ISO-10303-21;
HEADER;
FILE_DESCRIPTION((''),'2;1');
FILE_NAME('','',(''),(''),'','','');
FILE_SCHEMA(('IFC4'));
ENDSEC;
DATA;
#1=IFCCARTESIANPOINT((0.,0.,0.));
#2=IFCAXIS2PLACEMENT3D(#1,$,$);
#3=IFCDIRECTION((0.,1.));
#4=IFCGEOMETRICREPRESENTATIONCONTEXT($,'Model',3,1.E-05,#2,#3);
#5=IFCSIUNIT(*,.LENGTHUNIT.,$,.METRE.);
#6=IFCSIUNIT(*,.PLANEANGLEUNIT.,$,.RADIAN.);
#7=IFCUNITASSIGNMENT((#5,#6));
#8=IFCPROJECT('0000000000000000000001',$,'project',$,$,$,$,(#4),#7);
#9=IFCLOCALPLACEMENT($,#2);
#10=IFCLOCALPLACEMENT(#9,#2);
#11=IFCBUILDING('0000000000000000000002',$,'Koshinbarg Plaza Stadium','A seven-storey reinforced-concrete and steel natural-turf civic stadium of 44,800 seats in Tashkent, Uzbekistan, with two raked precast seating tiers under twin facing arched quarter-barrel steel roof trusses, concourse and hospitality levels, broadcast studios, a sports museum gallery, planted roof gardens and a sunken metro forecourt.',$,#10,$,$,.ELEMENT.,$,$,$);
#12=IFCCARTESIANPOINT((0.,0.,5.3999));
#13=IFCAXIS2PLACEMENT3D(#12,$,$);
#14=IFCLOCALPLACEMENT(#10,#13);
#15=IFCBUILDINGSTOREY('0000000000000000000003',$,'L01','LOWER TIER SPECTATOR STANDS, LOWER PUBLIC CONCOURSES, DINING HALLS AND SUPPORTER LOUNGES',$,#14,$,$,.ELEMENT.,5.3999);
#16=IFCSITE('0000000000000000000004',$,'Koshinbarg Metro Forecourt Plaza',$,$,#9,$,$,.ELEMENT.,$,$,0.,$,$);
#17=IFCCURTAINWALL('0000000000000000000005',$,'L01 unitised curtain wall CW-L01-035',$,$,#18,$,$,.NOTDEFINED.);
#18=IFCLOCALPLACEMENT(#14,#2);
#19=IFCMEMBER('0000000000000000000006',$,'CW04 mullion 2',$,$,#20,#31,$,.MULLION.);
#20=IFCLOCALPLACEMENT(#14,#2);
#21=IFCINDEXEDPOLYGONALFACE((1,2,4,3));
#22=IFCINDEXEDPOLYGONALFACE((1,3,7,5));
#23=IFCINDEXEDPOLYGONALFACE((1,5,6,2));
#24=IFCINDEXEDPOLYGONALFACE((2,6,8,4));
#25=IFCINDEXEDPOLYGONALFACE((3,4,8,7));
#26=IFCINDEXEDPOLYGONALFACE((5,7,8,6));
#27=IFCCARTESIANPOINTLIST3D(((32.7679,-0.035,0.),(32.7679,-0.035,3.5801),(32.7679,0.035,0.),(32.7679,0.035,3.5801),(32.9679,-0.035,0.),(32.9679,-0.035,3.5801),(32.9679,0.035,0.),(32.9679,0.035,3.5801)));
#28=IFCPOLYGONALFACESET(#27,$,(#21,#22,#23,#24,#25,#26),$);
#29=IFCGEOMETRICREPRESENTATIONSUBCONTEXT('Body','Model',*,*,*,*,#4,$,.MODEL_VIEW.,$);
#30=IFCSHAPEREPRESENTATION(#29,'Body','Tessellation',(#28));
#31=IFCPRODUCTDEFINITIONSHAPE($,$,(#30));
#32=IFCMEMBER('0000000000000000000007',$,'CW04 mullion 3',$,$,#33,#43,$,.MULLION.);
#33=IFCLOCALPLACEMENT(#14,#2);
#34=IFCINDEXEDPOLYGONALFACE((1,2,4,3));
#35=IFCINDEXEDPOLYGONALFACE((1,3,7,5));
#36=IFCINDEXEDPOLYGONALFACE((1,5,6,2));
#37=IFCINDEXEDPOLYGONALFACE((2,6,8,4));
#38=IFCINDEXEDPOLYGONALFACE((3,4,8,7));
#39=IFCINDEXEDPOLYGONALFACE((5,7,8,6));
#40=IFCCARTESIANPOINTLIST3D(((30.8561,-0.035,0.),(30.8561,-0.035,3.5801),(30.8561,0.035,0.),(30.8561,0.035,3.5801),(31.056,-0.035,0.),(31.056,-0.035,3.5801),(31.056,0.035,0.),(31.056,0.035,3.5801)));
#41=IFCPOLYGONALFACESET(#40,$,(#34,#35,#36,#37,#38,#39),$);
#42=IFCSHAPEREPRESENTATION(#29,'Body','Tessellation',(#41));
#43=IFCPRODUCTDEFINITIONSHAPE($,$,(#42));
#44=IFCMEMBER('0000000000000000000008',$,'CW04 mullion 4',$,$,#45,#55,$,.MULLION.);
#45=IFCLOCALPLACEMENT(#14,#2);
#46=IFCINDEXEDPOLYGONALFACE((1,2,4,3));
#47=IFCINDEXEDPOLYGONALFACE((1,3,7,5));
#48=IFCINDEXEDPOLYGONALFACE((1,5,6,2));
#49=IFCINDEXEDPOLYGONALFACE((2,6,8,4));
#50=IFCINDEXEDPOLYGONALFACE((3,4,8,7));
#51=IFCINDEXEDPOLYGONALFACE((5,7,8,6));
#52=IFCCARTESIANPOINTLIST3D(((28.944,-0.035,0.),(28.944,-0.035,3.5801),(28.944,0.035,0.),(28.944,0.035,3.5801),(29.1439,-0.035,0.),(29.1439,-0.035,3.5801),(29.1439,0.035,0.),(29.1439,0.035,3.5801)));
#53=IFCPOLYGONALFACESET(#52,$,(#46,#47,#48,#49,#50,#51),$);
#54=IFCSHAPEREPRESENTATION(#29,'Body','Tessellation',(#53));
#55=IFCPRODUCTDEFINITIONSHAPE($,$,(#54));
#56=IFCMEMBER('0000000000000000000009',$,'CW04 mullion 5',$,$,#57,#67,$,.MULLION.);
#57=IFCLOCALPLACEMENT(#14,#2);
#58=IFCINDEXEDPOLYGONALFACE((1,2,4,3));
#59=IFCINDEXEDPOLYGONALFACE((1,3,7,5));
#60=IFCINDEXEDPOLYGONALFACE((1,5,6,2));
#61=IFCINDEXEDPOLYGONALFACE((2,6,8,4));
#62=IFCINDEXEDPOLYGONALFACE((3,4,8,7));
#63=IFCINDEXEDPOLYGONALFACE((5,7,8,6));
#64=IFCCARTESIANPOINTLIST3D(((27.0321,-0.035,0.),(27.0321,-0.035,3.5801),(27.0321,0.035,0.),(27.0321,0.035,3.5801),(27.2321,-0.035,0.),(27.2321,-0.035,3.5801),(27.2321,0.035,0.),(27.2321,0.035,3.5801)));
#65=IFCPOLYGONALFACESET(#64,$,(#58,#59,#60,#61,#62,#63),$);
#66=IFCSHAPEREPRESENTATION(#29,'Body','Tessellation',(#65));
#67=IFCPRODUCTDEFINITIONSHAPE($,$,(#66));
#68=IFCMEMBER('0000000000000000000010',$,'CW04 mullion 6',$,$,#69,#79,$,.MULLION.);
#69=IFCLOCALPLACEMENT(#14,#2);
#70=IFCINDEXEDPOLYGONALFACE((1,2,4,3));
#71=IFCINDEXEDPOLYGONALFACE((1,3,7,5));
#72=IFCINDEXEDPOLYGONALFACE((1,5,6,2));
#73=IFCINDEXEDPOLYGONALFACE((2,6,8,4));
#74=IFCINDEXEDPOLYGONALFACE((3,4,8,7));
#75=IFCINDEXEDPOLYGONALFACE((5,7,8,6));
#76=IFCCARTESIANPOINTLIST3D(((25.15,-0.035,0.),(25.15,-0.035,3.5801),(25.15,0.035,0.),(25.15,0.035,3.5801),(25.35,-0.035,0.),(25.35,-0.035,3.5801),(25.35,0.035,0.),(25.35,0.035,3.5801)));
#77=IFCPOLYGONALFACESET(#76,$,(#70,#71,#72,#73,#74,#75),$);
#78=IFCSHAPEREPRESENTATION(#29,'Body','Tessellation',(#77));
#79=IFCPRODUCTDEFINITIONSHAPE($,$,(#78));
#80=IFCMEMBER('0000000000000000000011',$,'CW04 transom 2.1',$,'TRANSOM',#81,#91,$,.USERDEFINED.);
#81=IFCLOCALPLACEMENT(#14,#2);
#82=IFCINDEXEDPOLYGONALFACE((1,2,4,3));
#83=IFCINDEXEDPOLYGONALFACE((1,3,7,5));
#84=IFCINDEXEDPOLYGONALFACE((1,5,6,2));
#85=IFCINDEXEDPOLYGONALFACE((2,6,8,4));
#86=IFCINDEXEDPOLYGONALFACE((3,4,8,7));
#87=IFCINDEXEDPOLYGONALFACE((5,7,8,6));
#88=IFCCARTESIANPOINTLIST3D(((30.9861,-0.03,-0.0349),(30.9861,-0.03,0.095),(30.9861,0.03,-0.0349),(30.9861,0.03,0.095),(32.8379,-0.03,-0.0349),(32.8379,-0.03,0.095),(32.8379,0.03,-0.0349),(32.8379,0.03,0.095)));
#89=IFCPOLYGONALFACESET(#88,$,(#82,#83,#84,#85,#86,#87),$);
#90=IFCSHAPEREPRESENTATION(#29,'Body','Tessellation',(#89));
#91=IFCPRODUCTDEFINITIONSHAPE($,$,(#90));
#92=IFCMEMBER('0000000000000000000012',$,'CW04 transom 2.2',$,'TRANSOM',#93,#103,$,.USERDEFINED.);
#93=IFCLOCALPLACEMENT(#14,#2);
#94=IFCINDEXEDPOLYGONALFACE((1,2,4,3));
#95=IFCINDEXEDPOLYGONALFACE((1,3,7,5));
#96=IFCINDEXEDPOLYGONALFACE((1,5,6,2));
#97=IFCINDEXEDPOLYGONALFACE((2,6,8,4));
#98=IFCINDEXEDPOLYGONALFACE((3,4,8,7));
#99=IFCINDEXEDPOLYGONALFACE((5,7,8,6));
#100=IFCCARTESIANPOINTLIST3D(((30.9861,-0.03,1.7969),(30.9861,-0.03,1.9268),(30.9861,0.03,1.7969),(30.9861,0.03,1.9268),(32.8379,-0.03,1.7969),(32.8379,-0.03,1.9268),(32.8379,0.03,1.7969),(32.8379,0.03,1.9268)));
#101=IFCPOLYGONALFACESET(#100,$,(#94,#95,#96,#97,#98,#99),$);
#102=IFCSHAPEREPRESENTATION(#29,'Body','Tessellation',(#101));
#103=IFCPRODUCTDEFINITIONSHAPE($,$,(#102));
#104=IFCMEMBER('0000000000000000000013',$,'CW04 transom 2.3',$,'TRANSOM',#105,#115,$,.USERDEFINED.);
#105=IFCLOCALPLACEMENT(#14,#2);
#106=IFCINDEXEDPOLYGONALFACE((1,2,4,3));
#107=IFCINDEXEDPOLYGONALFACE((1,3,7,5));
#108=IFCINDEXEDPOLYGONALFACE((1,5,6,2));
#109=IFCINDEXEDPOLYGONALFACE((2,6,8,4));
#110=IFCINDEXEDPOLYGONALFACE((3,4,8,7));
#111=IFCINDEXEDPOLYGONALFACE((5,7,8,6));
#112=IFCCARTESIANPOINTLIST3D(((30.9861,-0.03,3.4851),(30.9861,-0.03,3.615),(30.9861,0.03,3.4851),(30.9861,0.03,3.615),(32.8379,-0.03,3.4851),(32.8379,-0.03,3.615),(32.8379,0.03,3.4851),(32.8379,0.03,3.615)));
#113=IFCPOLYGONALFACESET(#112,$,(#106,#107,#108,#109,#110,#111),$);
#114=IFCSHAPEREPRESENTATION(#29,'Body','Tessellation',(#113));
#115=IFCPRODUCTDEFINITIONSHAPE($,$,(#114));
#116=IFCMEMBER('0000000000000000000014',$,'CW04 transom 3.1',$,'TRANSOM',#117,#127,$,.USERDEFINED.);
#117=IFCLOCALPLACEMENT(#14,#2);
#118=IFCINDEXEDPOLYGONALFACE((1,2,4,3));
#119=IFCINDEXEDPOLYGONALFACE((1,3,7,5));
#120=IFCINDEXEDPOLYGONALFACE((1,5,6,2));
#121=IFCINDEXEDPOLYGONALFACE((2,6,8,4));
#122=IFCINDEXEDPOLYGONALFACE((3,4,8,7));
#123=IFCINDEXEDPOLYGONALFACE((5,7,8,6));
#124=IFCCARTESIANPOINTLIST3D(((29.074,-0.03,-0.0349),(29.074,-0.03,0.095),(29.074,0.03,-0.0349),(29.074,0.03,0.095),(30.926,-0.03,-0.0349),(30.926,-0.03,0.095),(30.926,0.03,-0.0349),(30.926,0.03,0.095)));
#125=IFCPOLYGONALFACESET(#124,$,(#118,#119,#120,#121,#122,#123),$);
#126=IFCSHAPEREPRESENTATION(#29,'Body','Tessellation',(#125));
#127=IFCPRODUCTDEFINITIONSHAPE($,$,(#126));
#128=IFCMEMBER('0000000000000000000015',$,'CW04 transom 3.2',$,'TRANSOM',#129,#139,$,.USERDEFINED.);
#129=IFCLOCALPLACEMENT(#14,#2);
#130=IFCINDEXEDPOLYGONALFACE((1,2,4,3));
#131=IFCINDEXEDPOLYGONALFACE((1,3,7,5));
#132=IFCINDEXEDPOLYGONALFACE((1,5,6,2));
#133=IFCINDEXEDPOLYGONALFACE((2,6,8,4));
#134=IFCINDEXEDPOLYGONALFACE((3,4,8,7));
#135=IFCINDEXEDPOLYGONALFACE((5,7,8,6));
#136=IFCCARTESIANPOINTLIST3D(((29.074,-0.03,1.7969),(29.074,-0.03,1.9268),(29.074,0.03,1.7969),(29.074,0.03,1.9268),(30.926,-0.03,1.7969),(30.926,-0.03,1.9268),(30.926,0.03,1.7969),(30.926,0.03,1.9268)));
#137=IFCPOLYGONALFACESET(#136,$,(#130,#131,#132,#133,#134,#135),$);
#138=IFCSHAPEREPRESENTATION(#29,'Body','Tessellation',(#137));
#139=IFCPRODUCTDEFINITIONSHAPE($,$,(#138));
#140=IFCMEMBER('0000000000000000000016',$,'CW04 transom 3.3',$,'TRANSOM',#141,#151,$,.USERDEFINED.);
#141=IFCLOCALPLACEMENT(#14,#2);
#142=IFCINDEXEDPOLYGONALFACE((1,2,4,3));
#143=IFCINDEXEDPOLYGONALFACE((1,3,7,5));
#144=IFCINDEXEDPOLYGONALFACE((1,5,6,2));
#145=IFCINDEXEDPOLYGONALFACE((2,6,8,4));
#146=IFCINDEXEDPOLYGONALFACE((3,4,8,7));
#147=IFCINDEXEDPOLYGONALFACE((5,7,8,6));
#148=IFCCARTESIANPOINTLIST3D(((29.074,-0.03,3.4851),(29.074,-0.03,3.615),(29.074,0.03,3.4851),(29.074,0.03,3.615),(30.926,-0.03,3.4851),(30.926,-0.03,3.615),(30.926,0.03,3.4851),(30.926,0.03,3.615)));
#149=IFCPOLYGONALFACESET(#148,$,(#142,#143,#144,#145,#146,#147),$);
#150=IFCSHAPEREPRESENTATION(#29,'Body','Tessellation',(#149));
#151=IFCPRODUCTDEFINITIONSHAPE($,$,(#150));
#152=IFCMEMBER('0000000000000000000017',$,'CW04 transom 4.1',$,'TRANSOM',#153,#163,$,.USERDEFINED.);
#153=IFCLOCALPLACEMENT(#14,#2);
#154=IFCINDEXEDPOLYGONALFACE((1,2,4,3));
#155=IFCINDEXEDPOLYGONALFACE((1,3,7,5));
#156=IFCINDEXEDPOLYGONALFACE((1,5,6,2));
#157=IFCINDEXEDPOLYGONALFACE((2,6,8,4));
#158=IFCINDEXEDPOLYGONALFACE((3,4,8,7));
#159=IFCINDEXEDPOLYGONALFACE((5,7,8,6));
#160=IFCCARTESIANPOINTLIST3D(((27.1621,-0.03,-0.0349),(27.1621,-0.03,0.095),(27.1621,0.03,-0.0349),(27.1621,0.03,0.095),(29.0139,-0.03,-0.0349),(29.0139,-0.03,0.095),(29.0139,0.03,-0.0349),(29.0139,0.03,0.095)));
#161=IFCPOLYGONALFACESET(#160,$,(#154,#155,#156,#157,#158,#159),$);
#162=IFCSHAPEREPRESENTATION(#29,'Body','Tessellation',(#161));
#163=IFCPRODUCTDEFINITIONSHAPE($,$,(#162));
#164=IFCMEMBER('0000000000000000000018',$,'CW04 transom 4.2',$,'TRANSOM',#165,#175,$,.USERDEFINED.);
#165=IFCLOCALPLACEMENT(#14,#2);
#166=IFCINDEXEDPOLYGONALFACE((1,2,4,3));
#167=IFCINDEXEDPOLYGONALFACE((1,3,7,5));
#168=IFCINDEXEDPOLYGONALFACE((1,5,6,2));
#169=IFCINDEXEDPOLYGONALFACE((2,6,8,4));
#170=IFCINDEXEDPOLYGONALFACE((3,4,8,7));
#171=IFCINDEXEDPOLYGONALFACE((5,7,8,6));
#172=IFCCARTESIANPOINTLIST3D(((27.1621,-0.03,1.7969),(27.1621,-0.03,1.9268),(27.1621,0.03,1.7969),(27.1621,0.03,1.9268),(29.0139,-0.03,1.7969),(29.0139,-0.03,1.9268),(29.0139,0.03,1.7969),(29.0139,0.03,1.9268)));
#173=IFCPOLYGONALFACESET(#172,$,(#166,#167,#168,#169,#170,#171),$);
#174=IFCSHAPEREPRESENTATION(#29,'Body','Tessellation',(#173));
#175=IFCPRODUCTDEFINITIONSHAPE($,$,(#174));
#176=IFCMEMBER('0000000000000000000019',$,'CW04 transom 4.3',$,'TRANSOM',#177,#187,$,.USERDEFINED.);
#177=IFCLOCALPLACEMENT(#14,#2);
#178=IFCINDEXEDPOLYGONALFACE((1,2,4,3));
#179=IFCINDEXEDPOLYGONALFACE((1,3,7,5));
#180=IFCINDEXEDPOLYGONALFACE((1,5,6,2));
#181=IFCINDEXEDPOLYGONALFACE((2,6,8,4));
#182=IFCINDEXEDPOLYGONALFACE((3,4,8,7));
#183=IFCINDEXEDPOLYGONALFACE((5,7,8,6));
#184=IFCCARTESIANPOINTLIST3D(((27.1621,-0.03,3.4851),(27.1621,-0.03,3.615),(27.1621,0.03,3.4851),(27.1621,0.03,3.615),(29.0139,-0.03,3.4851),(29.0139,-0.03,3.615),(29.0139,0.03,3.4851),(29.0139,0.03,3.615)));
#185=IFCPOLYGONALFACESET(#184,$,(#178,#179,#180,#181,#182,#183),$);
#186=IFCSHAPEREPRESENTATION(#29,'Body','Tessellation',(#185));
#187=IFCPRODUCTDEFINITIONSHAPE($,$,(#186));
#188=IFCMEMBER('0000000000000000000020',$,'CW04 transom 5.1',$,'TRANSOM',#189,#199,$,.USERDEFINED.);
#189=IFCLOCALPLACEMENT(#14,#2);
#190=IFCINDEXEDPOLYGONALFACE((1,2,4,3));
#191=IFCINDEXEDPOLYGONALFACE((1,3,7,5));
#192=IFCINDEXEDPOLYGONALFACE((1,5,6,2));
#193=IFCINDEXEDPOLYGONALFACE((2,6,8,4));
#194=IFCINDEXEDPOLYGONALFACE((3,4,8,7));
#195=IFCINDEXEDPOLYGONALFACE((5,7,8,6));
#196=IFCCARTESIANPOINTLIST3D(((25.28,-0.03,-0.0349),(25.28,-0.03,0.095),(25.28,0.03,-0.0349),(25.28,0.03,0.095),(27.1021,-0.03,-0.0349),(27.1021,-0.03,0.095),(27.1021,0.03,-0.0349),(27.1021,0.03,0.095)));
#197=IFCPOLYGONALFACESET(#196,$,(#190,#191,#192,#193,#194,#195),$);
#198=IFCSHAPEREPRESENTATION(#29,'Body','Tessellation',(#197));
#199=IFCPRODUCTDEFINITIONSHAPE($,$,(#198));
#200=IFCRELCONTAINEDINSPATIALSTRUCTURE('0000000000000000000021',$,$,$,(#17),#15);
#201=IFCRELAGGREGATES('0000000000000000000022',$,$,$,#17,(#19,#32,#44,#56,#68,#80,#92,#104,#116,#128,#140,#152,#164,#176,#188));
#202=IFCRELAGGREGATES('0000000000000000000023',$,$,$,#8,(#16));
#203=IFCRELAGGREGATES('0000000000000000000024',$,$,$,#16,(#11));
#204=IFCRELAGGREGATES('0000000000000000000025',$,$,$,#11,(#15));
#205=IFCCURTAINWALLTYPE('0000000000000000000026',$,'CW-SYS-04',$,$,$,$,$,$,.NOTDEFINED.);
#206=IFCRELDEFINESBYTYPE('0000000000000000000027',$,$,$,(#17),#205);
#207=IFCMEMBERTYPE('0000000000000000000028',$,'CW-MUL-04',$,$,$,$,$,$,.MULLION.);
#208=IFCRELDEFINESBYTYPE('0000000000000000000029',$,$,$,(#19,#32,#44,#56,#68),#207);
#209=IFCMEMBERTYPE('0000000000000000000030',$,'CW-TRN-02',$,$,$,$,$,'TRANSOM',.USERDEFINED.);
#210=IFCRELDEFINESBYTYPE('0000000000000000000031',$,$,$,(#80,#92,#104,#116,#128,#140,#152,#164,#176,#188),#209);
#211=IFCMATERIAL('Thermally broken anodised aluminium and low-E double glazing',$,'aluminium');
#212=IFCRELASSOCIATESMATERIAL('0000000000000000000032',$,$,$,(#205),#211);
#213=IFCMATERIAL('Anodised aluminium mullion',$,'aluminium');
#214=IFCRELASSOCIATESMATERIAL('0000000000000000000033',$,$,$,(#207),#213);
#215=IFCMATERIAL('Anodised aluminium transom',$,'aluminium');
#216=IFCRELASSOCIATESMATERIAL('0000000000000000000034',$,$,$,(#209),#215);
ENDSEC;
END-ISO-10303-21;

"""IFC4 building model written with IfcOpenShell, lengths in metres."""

from ifc_helpers import new_model, si_unit, direction, frame, origin, origin_2d, place, context, subcontext, project, spatial, rectangle, extrude, material, material_profile, profile_set, type_object, element, aggregate, save


model = new_model("IFC4")

# Units and contexts
model_context = context("Model", 3, precision=1e-05, world=origin(), true_north=direction((0.0, 1.0)))
body_context = subcontext(model_context, "Body", "Model", "MODEL_VIEW")
ifc_project = project(units=[si_unit("LENGTHUNIT", "METRE"), si_unit("PLANEANGLEUNIT", "RADIAN")], contexts=[model_context])

# Site, building, storey
site_placement = place(None, origin())
site = spatial("IfcSite", under=ifc_project, at=site_placement, Name="Koshinbarg Metro Forecourt Plaza", CompositionType="ELEMENT", RefElevation=0.0)
building_placement = place(site_placement, origin())
building = spatial("IfcBuilding", under=site, at=building_placement, Name="Koshinbarg Plaza Stadium", Description="A seven-storey reinforced-concrete and steel natural-turf civic stadium of 44,800 seats in Tashkent, Uzbekistan, with two raked precast seating tiers under twin facing arched quarter-barrel steel roof trusses, concourse and hospitality levels, broadcast studios, a sports museum gallery, planted roof gardens and a sunken metro forecourt.", CompositionType="ELEMENT")
storey_placement = place(building_placement, frame((0.0, 0.0, 5.3999)))
storey = spatial("IfcBuildingStorey", under=building, at=storey_placement, Name="L01", Description="LOWER TIER SPECTATOR STANDS, LOWER PUBLIC CONCOURSES, DINING HALLS AND SUPPORTER LOUNGES", CompositionType="ELEMENT", Elevation=5.3999)

# Curtain wall, members
ifc_material_1 = material(Name="Thermally broken anodised aluminium and low-E double glazing", Category="aluminium")
curtain_wall_type = type_object("IfcCurtainWallType", Name="CW-SYS-04", PredefinedType="NOTDEFINED", material=ifc_material_1)
curtain_wall_placement = place(storey_placement, origin())
curtain_wall = element("IfcCurtainWall", 1, at=curtain_wall_placement, inside=storey, type_object=curtain_wall_type, Name="L01 unitised curtain wall CW-L01-035", PredefinedType="NOTDEFINED")
ifc_material_2 = material(Name="Anodised aluminium mullion", Category="aluminium")
ifc_material_profile_1 = material_profile(ifc_material_2, rectangle(XDim=0.0701, YDim=0.2, at=origin_2d()), Name="ALU 70x200")
ifc_profile_set_1 = profile_set([ifc_material_profile_1], Name="Anodised aluminium mullion")
member_type_1 = type_object("IfcMemberType", Name="CW-MUL-04", PredefinedType="MULLION", material=ifc_profile_set_1)
member_1_placement = place(storey_placement, frame((32.8679, 0.0, 0.0), z_axis=(0.0, 0.0, 1.0), x_axis=(0.0, -1.0, 0.0)))
member_1 = element("IfcMember", 2, at=member_1_placement, type_object=member_type_1, Name="CW04 mullion 2", PredefinedType="MULLION", context=body_context, shape_type="SweptSolid", body=[
    extrude(rectangle(XDim=0.0701, YDim=0.2, at=origin_2d()), origin(), (0.0, 0.0, 1.0), 3.5801),
])
member_2_placement = place(storey_placement, frame((30.9561, 0.0, 0.0), z_axis=(0.0, 0.0, 1.0), x_axis=(0.0, -1.0, 0.0)))
member_2 = element("IfcMember", 3, at=member_2_placement, type_object=member_type_1, Name="CW04 mullion 3", PredefinedType="MULLION", context=body_context, shape_type="SweptSolid", body=[
    extrude(rectangle(XDim=0.0701, YDim=0.2, at=origin_2d()), origin(), (0.0, 0.0, 1.0), 3.5801),
])
member_3_placement = place(storey_placement, frame((29.0439, 0.0, 0.0), z_axis=(0.0, 0.0, 1.0), x_axis=(0.0, -1.0, 0.0)))
member_3 = element("IfcMember", 4, at=member_3_placement, type_object=member_type_1, Name="CW04 mullion 4", PredefinedType="MULLION", context=body_context, shape_type="SweptSolid", body=[
    extrude(rectangle(XDim=0.0701, YDim=0.2, at=origin_2d()), origin(), (0.0, 0.0, 1.0), 3.5801),
])
member_4_placement = place(storey_placement, frame((27.1321, 0.0, 0.0), z_axis=(0.0, 0.0, 1.0), x_axis=(0.0, -1.0, 0.0)))
member_4 = element("IfcMember", 5, at=member_4_placement, type_object=member_type_1, Name="CW04 mullion 5", PredefinedType="MULLION", context=body_context, shape_type="SweptSolid", body=[
    extrude(rectangle(XDim=0.0701, YDim=0.2, at=origin_2d()), origin(), (0.0, 0.0, 1.0), 3.5801),
])
member_5_placement = place(storey_placement, frame((25.25, 0.0, 0.0), z_axis=(0.0, 0.0, 1.0), x_axis=(0.0, -1.0, 0.0)))
member_5 = element("IfcMember", 6, at=member_5_placement, type_object=member_type_1, Name="CW04 mullion 6", PredefinedType="MULLION", context=body_context, shape_type="SweptSolid", body=[
    extrude(rectangle(XDim=0.0701, YDim=0.2, at=origin_2d()), origin(), (0.0, 0.0, 1.0), 3.5801),
])
ifc_material_3 = material(Name="Anodised aluminium transom", Category="aluminium")
ifc_material_profile_2 = material_profile(ifc_material_3, rectangle(XDim=0.0601, YDim=0.1299, at=origin_2d()), Name="ALU 60x130")
ifc_profile_set_2 = profile_set([ifc_material_profile_2], Name="Anodised aluminium transom")
member_type_2 = type_object("IfcMemberType", Name="CW-TRN-02", ElementType="TRANSOM", PredefinedType="USERDEFINED", material=ifc_profile_set_2)
member_6_placement = place(storey_placement, frame((32.8379, 0.0, 0.03), z_axis=(-1.0, 0.0, 0.0), x_axis=(0.0, -1.0, 0.0)))
member_6 = element("IfcMember", 7, at=member_6_placement, type_object=member_type_2, Name="CW04 transom 2.1", ObjectType="TRANSOM", PredefinedType="USERDEFINED", context=body_context, shape_type="SweptSolid", body=[
    extrude(rectangle(XDim=0.0601, YDim=0.1299, at=origin_2d()), origin(), (0.0, 0.0, 1.0), 1.8518),
])
member_7_placement = place(storey_placement, frame((32.8379, 0.0, 1.8618), z_axis=(-1.0, 0.0, 0.0), x_axis=(0.0, -1.0, 0.0)))
member_7 = element("IfcMember", 8, at=member_7_placement, type_object=member_type_2, Name="CW04 transom 2.2", ObjectType="TRANSOM", PredefinedType="USERDEFINED", context=body_context, shape_type="SweptSolid", body=[
    extrude(rectangle(XDim=0.0601, YDim=0.1299, at=origin_2d()), origin(), (0.0, 0.0, 1.0), 1.8518),
])
member_8_placement = place(storey_placement, frame((32.8379, 0.0, 3.55), z_axis=(-1.0, 0.0, 0.0), x_axis=(0.0, -1.0, 0.0)))
member_8 = element("IfcMember", 9, at=member_8_placement, type_object=member_type_2, Name="CW04 transom 2.3", ObjectType="TRANSOM", PredefinedType="USERDEFINED", context=body_context, shape_type="SweptSolid", body=[
    extrude(rectangle(XDim=0.0601, YDim=0.1299, at=origin_2d()), origin(), (0.0, 0.0, 1.0), 1.8518),
])
member_9_placement = place(storey_placement, frame((30.926, 0.0, 0.03), z_axis=(-1.0, 0.0, 0.0), x_axis=(0.0, -1.0, 0.0)))
member_9 = element("IfcMember", 10, at=member_9_placement, type_object=member_type_2, Name="CW04 transom 3.1", ObjectType="TRANSOM", PredefinedType="USERDEFINED", context=body_context, shape_type="SweptSolid", body=[
    extrude(rectangle(XDim=0.0601, YDim=0.1299, at=origin_2d()), origin(), (0.0, 0.0, 1.0), 1.8521),
])
member_10_placement = place(storey_placement, frame((30.926, 0.0, 1.8618), z_axis=(-1.0, 0.0, 0.0), x_axis=(0.0, -1.0, 0.0)))
member_10 = element("IfcMember", 11, at=member_10_placement, type_object=member_type_2, Name="CW04 transom 3.2", ObjectType="TRANSOM", PredefinedType="USERDEFINED", context=body_context, shape_type="SweptSolid", body=[
    extrude(rectangle(XDim=0.0601, YDim=0.1299, at=origin_2d()), origin(), (0.0, 0.0, 1.0), 1.8521),
])
member_11_placement = place(storey_placement, frame((30.926, 0.0, 3.55), z_axis=(-1.0, 0.0, 0.0), x_axis=(0.0, -1.0, 0.0)))
member_11 = element("IfcMember", 12, at=member_11_placement, type_object=member_type_2, Name="CW04 transom 3.3", ObjectType="TRANSOM", PredefinedType="USERDEFINED", context=body_context, shape_type="SweptSolid", body=[
    extrude(rectangle(XDim=0.0601, YDim=0.1299, at=origin_2d()), origin(), (0.0, 0.0, 1.0), 1.8521),
])
member_12_placement = place(storey_placement, frame((29.0139, 0.0, 0.03), z_axis=(-1.0, 0.0, 0.0), x_axis=(0.0, -1.0, 0.0)))
member_12 = element("IfcMember", 13, at=member_12_placement, type_object=member_type_2, Name="CW04 transom 4.1", ObjectType="TRANSOM", PredefinedType="USERDEFINED", context=body_context, shape_type="SweptSolid", body=[
    extrude(rectangle(XDim=0.0601, YDim=0.1299, at=origin_2d()), origin(), (0.0, 0.0, 1.0), 1.8518),
])
member_13_placement = place(storey_placement, frame((29.0139, 0.0, 1.8618), z_axis=(-1.0, 0.0, 0.0), x_axis=(0.0, -1.0, 0.0)))
member_13 = element("IfcMember", 14, at=member_13_placement, type_object=member_type_2, Name="CW04 transom 4.2", ObjectType="TRANSOM", PredefinedType="USERDEFINED", context=body_context, shape_type="SweptSolid", body=[
    extrude(rectangle(XDim=0.0601, YDim=0.1299, at=origin_2d()), origin(), (0.0, 0.0, 1.0), 1.8518),
])
member_14_placement = place(storey_placement, frame((29.0139, 0.0, 3.55), z_axis=(-1.0, 0.0, 0.0), x_axis=(0.0, -1.0, 0.0)))
member_14 = element("IfcMember", 15, at=member_14_placement, type_object=member_type_2, Name="CW04 transom 4.3", ObjectType="TRANSOM", PredefinedType="USERDEFINED", context=body_context, shape_type="SweptSolid", body=[
    extrude(rectangle(XDim=0.0601, YDim=0.1299, at=origin_2d()), origin(), (0.0, 0.0, 1.0), 1.8518),
])
member_15_placement = place(storey_placement, frame((27.1021, 0.0, 0.03), z_axis=(-1.0, 0.0, 0.0), x_axis=(0.0, -1.0, 0.0)))
member_15 = element("IfcMember", 16, at=member_15_placement, type_object=member_type_2, Name="CW04 transom 5.1", ObjectType="TRANSOM", PredefinedType="USERDEFINED", context=body_context, shape_type="SweptSolid", body=[
    extrude(rectangle(XDim=0.0601, YDim=0.1299, at=origin_2d()), origin(), (0.0, 0.0, 1.0), 1.822),
])
aggregate(curtain_wall, [member_1, member_2, member_3, member_4, member_5, member_6, member_7, member_8, member_9, member_10, member_11, member_12, member_13, member_14, member_15])

save(model, "model.ifc")
